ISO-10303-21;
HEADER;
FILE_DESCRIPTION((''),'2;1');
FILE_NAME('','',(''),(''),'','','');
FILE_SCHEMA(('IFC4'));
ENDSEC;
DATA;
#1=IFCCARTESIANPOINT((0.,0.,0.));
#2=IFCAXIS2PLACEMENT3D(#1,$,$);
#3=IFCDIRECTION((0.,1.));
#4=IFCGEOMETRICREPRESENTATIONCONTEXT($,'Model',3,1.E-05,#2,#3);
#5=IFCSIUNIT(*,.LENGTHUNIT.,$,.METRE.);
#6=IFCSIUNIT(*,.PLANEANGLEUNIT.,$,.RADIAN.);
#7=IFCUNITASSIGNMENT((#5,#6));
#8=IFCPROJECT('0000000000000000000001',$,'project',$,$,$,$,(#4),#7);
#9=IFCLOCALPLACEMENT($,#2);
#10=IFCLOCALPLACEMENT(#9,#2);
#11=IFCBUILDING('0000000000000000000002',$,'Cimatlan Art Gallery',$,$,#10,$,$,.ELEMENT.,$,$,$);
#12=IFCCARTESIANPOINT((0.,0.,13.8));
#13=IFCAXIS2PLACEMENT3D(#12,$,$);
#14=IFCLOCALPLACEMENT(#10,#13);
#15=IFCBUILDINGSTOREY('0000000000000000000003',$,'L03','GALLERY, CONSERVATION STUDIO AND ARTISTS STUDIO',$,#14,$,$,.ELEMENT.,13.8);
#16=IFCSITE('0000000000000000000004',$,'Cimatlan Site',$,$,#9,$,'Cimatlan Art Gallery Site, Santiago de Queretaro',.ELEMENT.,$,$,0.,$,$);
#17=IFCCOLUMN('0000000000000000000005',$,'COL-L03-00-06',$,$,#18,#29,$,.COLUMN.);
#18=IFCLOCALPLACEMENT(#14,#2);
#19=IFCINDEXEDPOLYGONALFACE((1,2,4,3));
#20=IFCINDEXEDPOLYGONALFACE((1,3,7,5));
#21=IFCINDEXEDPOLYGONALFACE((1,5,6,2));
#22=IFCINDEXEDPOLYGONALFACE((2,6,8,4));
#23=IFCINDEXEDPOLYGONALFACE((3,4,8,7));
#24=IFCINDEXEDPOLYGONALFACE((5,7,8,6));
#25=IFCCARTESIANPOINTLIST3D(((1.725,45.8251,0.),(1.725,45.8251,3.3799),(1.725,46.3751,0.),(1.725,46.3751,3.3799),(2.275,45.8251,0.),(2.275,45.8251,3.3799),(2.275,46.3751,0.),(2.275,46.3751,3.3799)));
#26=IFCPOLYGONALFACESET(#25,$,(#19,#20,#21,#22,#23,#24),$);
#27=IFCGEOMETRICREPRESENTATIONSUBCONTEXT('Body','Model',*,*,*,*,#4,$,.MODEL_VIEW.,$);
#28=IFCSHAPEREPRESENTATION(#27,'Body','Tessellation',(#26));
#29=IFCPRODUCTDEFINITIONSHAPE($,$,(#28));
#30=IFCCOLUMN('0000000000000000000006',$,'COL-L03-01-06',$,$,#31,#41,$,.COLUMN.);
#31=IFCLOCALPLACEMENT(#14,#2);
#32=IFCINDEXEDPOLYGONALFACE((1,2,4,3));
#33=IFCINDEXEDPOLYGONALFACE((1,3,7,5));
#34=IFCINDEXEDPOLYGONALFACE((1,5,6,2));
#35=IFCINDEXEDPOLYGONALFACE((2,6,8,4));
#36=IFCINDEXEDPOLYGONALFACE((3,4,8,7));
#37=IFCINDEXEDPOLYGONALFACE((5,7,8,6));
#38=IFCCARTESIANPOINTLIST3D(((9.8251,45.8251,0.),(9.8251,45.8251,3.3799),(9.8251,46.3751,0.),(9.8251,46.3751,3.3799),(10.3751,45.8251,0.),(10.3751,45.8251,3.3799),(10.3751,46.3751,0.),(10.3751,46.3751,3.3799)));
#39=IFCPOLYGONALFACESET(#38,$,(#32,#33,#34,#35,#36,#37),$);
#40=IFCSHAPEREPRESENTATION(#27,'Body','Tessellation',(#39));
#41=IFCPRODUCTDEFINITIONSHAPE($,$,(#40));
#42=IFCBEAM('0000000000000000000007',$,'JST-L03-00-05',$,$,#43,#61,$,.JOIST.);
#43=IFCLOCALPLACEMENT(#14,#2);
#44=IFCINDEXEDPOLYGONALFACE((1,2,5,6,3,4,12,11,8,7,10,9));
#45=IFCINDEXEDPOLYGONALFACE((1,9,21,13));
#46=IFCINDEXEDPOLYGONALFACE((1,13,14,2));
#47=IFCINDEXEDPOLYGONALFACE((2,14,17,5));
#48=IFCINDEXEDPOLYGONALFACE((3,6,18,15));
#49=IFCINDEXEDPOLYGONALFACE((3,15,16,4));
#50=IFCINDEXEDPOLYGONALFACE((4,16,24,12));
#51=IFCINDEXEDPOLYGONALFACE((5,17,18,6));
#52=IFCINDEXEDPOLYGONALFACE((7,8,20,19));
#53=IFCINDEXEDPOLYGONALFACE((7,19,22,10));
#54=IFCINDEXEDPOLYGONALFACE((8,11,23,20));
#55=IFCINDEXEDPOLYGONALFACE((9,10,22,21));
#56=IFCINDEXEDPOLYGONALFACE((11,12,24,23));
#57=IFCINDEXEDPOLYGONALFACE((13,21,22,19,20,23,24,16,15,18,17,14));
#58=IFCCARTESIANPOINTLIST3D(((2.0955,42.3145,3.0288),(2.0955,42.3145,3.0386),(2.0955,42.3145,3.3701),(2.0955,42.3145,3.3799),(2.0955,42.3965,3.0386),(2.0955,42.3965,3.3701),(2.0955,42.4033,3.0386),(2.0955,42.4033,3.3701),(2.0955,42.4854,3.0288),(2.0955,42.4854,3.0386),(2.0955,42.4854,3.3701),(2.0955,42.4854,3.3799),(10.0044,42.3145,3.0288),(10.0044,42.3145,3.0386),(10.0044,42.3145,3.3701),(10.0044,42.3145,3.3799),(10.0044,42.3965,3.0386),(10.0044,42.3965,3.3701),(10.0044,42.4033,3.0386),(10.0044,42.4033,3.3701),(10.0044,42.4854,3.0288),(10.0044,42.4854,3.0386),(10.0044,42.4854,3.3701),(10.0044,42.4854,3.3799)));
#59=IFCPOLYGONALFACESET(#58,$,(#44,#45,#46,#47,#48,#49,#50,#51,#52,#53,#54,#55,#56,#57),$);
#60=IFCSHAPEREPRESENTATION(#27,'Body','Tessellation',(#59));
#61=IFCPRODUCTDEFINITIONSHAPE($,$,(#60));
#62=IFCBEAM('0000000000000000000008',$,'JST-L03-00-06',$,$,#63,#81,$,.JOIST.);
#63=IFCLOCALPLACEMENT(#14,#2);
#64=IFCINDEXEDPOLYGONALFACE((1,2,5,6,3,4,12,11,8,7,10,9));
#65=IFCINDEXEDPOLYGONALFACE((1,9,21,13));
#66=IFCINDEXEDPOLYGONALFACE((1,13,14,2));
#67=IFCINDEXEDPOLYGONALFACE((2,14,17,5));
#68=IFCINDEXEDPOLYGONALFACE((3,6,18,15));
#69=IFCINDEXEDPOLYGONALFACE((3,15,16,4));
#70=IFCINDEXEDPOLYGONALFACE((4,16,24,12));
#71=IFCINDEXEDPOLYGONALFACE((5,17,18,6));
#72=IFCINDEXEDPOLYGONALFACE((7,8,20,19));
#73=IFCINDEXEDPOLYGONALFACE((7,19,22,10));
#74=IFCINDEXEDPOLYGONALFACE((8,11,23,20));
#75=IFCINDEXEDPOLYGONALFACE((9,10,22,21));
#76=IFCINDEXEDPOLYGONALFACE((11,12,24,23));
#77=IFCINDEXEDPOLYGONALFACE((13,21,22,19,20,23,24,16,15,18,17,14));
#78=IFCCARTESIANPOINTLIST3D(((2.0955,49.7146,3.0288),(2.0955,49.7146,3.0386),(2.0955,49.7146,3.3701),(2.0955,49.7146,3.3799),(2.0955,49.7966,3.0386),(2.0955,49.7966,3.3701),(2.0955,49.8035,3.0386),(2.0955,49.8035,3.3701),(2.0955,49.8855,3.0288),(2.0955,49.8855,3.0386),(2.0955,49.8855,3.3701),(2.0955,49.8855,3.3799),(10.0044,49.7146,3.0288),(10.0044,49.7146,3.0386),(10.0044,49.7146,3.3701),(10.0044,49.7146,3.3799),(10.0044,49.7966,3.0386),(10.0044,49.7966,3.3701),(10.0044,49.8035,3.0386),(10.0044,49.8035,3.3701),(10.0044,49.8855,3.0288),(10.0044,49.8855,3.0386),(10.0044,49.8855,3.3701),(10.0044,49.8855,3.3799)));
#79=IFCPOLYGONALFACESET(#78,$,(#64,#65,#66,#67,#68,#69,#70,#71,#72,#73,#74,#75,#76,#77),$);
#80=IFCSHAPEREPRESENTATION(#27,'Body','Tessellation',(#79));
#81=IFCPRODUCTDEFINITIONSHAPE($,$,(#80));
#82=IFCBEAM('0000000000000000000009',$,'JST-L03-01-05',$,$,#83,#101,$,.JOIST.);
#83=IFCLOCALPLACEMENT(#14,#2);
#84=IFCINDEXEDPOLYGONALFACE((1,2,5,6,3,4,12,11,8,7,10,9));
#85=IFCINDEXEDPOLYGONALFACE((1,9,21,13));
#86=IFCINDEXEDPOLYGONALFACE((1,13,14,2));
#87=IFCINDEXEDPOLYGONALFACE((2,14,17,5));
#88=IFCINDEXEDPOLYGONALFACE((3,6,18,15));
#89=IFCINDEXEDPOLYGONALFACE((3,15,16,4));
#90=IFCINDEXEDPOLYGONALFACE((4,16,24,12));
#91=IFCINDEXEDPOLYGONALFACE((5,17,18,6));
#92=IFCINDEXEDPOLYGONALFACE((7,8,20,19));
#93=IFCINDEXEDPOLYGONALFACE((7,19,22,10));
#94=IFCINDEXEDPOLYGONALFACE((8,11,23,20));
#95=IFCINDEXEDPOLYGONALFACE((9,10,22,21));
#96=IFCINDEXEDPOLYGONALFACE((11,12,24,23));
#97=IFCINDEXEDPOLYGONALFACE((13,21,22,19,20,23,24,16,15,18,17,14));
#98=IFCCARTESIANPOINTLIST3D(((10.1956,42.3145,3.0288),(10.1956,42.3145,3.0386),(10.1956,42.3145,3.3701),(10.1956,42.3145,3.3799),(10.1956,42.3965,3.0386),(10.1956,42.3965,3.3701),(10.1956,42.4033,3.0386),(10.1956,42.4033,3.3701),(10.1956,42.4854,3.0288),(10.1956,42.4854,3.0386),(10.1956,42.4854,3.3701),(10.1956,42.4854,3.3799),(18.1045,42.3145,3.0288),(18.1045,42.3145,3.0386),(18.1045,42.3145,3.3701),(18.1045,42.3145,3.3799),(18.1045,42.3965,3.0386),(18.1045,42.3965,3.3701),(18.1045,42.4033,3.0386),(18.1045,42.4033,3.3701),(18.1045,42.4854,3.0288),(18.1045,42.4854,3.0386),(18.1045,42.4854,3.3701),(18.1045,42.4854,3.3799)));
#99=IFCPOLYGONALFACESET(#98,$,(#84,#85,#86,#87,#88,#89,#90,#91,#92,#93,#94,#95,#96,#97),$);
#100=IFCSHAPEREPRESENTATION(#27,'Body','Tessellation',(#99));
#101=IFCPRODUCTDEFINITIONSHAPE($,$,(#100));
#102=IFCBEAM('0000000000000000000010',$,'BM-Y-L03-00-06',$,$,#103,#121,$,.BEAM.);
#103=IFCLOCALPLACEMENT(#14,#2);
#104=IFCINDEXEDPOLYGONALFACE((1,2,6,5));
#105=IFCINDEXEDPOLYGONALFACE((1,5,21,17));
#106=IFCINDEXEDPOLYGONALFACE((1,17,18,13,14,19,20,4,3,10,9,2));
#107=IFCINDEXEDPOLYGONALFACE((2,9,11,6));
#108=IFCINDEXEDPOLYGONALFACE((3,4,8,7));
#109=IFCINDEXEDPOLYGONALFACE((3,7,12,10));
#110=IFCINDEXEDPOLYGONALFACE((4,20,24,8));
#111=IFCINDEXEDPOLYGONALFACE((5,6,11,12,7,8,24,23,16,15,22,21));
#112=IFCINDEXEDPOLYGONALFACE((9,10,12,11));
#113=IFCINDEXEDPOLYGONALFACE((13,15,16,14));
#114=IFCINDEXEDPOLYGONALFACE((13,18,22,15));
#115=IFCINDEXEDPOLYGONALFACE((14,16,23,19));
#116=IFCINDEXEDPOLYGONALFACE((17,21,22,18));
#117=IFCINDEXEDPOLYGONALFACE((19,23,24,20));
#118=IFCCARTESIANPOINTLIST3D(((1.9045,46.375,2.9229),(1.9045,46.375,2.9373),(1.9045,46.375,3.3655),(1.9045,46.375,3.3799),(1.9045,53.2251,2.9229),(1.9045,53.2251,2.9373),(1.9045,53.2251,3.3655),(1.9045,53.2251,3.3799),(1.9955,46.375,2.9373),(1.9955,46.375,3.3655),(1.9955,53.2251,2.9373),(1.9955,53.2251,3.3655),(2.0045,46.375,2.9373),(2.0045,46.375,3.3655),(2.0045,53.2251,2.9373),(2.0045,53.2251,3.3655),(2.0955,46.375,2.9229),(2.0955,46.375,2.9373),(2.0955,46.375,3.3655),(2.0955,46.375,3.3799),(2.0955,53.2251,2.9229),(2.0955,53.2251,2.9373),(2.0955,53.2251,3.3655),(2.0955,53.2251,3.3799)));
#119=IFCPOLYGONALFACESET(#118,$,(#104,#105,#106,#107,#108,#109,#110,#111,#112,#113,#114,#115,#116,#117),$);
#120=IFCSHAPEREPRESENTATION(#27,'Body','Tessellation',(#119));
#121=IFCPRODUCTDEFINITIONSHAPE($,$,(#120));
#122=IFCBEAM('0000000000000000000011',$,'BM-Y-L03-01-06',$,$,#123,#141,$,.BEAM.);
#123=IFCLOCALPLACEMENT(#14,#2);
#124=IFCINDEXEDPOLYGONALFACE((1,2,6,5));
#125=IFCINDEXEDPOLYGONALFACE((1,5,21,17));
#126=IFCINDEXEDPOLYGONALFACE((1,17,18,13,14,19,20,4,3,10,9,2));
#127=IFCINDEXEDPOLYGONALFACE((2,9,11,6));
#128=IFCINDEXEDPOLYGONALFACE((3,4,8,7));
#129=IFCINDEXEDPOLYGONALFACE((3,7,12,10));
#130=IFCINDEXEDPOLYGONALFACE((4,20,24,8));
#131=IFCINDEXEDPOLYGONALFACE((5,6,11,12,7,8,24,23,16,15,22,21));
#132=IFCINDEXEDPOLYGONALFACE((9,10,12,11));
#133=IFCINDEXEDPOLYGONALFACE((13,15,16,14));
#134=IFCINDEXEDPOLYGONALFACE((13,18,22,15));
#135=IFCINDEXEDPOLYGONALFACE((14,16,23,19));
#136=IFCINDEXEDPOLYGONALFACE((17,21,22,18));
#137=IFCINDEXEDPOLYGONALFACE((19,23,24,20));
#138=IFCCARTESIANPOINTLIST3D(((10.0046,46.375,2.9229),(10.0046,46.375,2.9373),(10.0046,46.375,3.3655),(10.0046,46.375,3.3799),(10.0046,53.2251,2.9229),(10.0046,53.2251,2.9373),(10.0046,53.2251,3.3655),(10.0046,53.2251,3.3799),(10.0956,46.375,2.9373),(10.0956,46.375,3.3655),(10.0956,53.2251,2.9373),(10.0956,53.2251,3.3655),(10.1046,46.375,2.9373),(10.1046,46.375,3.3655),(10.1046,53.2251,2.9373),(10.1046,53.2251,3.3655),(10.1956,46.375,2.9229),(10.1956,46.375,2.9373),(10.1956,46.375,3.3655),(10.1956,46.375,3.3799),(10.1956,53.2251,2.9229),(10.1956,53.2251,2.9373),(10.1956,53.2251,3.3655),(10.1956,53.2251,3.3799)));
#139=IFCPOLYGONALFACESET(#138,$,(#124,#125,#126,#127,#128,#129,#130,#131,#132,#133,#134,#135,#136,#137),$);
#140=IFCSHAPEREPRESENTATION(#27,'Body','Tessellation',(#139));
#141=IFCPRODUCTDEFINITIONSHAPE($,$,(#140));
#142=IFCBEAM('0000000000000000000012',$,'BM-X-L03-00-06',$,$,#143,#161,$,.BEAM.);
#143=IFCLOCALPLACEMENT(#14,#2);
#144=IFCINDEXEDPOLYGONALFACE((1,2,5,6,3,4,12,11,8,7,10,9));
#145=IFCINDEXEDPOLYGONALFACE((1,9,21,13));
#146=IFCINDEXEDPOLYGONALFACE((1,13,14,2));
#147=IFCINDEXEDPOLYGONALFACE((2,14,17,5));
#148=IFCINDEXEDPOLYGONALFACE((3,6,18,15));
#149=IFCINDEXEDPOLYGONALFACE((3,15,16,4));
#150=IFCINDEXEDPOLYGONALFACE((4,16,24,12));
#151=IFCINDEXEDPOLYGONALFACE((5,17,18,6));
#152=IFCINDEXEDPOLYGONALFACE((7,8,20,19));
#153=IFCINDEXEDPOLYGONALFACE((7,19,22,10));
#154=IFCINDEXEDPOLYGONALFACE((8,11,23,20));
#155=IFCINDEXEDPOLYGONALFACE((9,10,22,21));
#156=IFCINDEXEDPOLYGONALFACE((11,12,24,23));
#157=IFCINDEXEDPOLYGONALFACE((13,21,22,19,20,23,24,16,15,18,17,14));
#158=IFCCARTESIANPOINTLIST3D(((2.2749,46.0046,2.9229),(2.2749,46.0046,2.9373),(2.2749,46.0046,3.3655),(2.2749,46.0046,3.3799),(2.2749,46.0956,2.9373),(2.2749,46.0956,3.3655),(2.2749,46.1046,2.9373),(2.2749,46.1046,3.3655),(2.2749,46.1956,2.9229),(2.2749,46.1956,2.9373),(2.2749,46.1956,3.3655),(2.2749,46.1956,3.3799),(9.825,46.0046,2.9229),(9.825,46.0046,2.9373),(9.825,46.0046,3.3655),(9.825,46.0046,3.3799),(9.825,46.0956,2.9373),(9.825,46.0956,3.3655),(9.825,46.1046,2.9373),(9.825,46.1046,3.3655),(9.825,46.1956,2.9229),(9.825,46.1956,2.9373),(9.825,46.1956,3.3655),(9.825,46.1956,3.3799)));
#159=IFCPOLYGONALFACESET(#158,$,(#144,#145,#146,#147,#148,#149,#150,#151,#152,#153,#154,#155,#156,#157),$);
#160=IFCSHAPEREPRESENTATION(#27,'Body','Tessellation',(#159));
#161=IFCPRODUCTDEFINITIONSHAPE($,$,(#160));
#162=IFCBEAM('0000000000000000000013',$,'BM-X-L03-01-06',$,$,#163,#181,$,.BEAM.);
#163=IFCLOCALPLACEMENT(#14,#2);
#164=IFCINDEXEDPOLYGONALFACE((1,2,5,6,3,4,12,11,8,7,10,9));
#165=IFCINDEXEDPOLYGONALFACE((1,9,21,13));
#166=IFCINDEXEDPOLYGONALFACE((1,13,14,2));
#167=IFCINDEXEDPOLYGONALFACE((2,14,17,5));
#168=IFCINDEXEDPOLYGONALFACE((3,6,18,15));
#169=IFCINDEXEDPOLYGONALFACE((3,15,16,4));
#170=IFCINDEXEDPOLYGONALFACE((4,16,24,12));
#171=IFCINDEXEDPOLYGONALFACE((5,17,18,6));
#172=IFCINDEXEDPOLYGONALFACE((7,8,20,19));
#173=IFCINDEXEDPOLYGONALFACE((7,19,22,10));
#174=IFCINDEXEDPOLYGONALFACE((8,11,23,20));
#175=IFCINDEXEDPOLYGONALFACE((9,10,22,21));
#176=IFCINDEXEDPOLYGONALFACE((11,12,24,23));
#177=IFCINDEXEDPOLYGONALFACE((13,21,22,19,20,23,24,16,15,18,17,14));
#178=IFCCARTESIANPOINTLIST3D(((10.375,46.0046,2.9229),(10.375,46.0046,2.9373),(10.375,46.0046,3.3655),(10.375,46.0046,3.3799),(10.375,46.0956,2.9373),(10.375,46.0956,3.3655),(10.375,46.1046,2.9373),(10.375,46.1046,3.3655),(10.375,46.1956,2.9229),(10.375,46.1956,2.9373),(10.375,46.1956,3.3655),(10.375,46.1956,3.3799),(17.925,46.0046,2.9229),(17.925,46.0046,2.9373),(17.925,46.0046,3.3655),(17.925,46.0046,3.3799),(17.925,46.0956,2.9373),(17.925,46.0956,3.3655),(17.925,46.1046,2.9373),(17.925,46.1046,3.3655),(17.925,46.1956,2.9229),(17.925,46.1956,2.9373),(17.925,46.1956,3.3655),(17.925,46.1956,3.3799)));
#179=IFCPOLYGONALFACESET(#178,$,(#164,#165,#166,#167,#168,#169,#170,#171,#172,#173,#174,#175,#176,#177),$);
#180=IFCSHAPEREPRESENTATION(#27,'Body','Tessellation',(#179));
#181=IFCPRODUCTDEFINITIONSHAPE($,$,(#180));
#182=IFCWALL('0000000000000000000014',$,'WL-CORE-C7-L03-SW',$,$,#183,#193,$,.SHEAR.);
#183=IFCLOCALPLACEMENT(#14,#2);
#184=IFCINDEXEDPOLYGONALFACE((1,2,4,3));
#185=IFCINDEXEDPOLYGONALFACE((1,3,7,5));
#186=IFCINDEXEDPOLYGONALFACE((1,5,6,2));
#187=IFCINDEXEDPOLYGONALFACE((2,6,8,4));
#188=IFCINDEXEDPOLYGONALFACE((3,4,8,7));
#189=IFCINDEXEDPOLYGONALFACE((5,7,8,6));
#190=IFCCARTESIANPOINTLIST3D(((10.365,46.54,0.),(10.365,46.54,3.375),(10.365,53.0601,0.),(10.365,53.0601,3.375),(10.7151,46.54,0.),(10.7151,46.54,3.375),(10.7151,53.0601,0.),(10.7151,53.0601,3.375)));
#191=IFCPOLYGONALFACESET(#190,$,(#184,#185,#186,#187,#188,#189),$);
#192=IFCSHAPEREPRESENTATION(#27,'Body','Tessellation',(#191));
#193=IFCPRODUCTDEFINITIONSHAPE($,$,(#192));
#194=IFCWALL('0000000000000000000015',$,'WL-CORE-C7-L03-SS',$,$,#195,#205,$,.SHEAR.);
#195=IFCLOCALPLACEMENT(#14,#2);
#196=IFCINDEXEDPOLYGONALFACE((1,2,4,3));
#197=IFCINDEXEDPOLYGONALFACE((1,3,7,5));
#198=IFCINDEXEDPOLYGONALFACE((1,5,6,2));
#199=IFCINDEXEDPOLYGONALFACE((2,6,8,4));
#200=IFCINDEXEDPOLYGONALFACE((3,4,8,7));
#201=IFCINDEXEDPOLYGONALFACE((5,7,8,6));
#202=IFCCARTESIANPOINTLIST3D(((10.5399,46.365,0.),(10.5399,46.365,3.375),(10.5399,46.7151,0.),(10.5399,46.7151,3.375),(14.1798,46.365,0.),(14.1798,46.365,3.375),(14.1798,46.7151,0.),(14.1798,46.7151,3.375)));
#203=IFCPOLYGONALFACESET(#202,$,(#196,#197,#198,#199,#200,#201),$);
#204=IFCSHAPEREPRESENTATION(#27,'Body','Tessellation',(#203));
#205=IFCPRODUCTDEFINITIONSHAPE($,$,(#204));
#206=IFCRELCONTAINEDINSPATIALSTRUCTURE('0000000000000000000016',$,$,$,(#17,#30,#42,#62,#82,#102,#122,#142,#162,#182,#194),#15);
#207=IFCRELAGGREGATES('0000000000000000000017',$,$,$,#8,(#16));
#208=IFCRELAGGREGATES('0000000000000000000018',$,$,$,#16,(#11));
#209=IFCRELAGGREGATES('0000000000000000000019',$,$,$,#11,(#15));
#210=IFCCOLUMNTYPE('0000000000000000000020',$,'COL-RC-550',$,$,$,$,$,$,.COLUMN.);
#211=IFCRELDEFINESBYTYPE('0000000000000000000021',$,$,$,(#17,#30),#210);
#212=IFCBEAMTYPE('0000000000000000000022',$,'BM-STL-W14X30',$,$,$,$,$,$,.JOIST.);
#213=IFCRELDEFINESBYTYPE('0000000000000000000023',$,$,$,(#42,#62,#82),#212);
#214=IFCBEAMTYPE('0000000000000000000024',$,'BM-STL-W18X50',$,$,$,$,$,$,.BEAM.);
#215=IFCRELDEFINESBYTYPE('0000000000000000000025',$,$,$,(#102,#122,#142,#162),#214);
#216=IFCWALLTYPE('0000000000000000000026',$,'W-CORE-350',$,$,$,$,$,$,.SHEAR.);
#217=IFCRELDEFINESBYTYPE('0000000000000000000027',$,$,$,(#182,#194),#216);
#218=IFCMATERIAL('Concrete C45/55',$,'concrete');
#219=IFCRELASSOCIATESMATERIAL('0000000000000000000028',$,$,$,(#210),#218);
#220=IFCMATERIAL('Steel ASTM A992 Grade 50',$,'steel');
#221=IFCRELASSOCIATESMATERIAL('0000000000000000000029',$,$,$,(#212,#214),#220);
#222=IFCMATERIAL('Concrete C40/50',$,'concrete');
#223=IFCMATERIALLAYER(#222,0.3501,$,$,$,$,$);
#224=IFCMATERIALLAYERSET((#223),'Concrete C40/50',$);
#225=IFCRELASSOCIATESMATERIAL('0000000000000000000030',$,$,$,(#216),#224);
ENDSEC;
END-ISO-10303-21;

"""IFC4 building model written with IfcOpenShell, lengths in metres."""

from ifc_helpers import new_model, si_unit, direction, frame, frame_2d, origin, origin_2d, place, context, subcontext, project, spatial, rectangle, i_section, extrude, material, layer, layer_set, material_profile, profile_set, type_object, element, save


model = new_model("IFC4")

# Units and contexts
model_context = context("Model", 3, precision=1e-05, world=origin(), true_north=direction((0.0, 1.0)))
body_context = subcontext(model_context, "Body", "Model", "MODEL_VIEW")
ifc_project = project(units=[si_unit("LENGTHUNIT", "METRE"), si_unit("PLANEANGLEUNIT", "RADIAN")], contexts=[model_context])

# Site, building, storey
site_placement = place(None, origin())
site = spatial("IfcSite", under=ifc_project, at=site_placement, Name="Cimatlan Site", LongName="Cimatlan Art Gallery Site, Santiago de Queretaro", CompositionType="ELEMENT", RefElevation=0.0)
building_placement = place(site_placement, origin())
building = spatial("IfcBuilding", under=site, at=building_placement, Name="Cimatlan Art Gallery", CompositionType="ELEMENT")
storey_placement = place(building_placement, frame((0.0, 0.0, 13.8)))
storey = spatial("IfcBuildingStorey", under=building, at=storey_placement, Name="L03", Description="GALLERY, CONSERVATION STUDIO AND ARTISTS STUDIO", CompositionType="ELEMENT", Elevation=13.8)

# Columns
ifc_material_1 = material(Name="Concrete C45/55", Category="concrete")
ifc_material_profile_1 = material_profile(ifc_material_1, rectangle(XDim=0.55, YDim=0.55, at=origin_2d()), Name="RC550X550")
ifc_profile_set_1 = profile_set([ifc_material_profile_1], Name="Concrete C45/55")
column_type = type_object("IfcColumnType", Name="COL-RC-550", PredefinedType="COLUMN", material=ifc_profile_set_1)
for number, where, z_axis, x_axis, name in (
    (1, (2.0, 46.1001, 0.0), (0.0, 0.0, 1.0), (1.0, 0.0, 0.0), "COL-L03-00-06"),
    (2, (10.1001, 46.1001, 0.0), (0.0, 0.0, 1.0), (1.0, 0.0, 0.0), "COL-L03-01-06"),
):
    element("IfcColumn", number, at=place(storey_placement, frame(where, z_axis=z_axis, x_axis=x_axis)), inside=storey, type_object=column_type, Name=name, PredefinedType="COLUMN", context=body_context, shape_type="SweptSolid", body=[
        extrude(rectangle(XDim=0.55, YDim=0.55, at=origin_2d()), origin(), (0.0, 0.0, 1.0), 3.3799),
    ])

# Beams
ifc_material_2 = material(Name="Steel ASTM A992 Grade 50", Category="steel")
ifc_material_profile_2 = material_profile(ifc_material_2, i_section(OverallWidth=0.1709, OverallDepth=0.3511, WebThickness=0.0068, FlangeThickness=0.0098, at=origin_2d()), Name="W14X30")
ifc_profile_set_2 = profile_set([ifc_material_profile_2], Name="Steel ASTM A992 Grade 50")
beam_type_1 = type_object("IfcBeamType", Name="BM-STL-W14X30", PredefinedType="JOIST", material=ifc_profile_set_2)
for number, where, z_axis, x_axis, name in (
    (3, (2.0955, 42.3999, 3.2043), (1.0, 0.0, 0.0), (0.0, 1.0, 0.0), "JST-L03-00-05"),
    (4, (2.0955, 49.8, 3.2043), (1.0, 0.0, 0.0), (0.0, 1.0, 0.0), "JST-L03-00-06"),
    (5, (10.1956, 42.3999, 3.2043), (1.0, 0.0, 0.0), (0.0, 1.0, 0.0), "JST-L03-01-05"),
):
    element("IfcBeam", number, at=place(storey_placement, frame(where, z_axis=z_axis, x_axis=x_axis)), inside=storey, type_object=beam_type_1, Name=name, PredefinedType="JOIST", context=body_context, shape_type="SweptSolid", body=[
        extrude(i_section(OverallWidth=0.1709, OverallDepth=0.3511, WebThickness=0.0068, FlangeThickness=0.0098, at=origin_2d()), origin(), (0.0, 0.0, 1.0), 7.9089),
    ])
ifc_material_profile_3 = material_profile(ifc_material_2, i_section(OverallWidth=0.1909, OverallDepth=0.457, WebThickness=0.009, FlangeThickness=0.0144, at=origin_2d()), Name="W18X50")
ifc_profile_set_3 = profile_set([ifc_material_profile_3], Name="Steel ASTM A992 Grade 50")
beam_type_2 = type_object("IfcBeamType", Name="BM-STL-W18X50", PredefinedType="BEAM", material=ifc_profile_set_3)
for number, where, z_axis, x_axis, name in (
    (6, (2.0, 46.375, 3.1514), (0.0, 1.0, 0.0), (-1.0, 0.0, 0.0), "BM-Y-L03-00-06"),
    (7, (10.1001, 46.375, 3.1514), (0.0, 1.0, 0.0), (-1.0, 0.0, 0.0), "BM-Y-L03-01-06"),
):
    element("IfcBeam", number, at=place(storey_placement, frame(where, z_axis=z_axis, x_axis=x_axis)), inside=storey, type_object=beam_type_2, Name=name, PredefinedType="BEAM", context=body_context, shape_type="SweptSolid", body=[
        extrude(i_section(OverallWidth=0.1909, OverallDepth=0.457, WebThickness=0.009, FlangeThickness=0.0144, at=origin_2d()), origin(), (0.0, 0.0, 1.0), 6.8501),
    ])
for number, where, z_axis, x_axis, name in (
    (8, (2.2749, 46.1001, 3.1514), (1.0, 0.0, 0.0), (0.0, 1.0, 0.0), "BM-X-L03-00-06"),
    (9, (10.375, 46.1001, 3.1514), (1.0, 0.0, 0.0), (0.0, 1.0, 0.0), "BM-X-L03-01-06"),
):
    element("IfcBeam", number, at=place(storey_placement, frame(where, z_axis=z_axis, x_axis=x_axis)), inside=storey, type_object=beam_type_2, Name=name, PredefinedType="BEAM", context=body_context, shape_type="SweptSolid", body=[
        extrude(i_section(OverallWidth=0.1909, OverallDepth=0.457, WebThickness=0.009, FlangeThickness=0.0144, at=origin_2d()), origin(), (0.0, 0.0, 1.0), 7.55),
    ])

# Walls
ifc_material_3 = material(Name="Concrete C40/50", Category="concrete")
ifc_layer_1 = layer(ifc_material_3, 0.3501)
ifc_layer_set_1 = layer_set([ifc_layer_1], Name="Concrete C40/50")
wall_type_1 = type_object("IfcWallType", Name="W-CORE-350", PredefinedType="SHEAR", material=ifc_layer_set_1)
wall_1_placement = place(storey_placement, frame((10.54, 46.54, 0.0), z_axis=(0.0, 0.0, 1.0), x_axis=(0.0, 1.0, 0.0)))
element("IfcWall", 10, at=wall_1_placement, inside=storey, type_object=wall_type_1, Name="WL-CORE-C7-L03-SW", PredefinedType="SHEAR", context=body_context, shape_type="SweptSolid", body=[
    extrude(rectangle(XDim=6.52, YDim=0.3501, at=frame_2d((3.26, 0.0))), origin(), (0.0, 0.0, 1.0), 3.375),
])
wall_2_placement = place(storey_placement, frame((10.54, 46.54, 0.0), z_axis=(0.0, 0.0, 1.0), x_axis=(1.0, 0.0, 0.0)))
element("IfcWall", 11, at=wall_2_placement, inside=storey, type_object=wall_type_1, Name="WL-CORE-C7-L03-SS", PredefinedType="SHEAR", context=body_context, shape_type="SweptSolid", body=[
    extrude(rectangle(XDim=3.6399, YDim=0.3501, at=frame_2d((1.8198, 0.0))), origin(), (0.0, 0.0, 1.0), 3.375),
])

save(model, "model.ifc")
